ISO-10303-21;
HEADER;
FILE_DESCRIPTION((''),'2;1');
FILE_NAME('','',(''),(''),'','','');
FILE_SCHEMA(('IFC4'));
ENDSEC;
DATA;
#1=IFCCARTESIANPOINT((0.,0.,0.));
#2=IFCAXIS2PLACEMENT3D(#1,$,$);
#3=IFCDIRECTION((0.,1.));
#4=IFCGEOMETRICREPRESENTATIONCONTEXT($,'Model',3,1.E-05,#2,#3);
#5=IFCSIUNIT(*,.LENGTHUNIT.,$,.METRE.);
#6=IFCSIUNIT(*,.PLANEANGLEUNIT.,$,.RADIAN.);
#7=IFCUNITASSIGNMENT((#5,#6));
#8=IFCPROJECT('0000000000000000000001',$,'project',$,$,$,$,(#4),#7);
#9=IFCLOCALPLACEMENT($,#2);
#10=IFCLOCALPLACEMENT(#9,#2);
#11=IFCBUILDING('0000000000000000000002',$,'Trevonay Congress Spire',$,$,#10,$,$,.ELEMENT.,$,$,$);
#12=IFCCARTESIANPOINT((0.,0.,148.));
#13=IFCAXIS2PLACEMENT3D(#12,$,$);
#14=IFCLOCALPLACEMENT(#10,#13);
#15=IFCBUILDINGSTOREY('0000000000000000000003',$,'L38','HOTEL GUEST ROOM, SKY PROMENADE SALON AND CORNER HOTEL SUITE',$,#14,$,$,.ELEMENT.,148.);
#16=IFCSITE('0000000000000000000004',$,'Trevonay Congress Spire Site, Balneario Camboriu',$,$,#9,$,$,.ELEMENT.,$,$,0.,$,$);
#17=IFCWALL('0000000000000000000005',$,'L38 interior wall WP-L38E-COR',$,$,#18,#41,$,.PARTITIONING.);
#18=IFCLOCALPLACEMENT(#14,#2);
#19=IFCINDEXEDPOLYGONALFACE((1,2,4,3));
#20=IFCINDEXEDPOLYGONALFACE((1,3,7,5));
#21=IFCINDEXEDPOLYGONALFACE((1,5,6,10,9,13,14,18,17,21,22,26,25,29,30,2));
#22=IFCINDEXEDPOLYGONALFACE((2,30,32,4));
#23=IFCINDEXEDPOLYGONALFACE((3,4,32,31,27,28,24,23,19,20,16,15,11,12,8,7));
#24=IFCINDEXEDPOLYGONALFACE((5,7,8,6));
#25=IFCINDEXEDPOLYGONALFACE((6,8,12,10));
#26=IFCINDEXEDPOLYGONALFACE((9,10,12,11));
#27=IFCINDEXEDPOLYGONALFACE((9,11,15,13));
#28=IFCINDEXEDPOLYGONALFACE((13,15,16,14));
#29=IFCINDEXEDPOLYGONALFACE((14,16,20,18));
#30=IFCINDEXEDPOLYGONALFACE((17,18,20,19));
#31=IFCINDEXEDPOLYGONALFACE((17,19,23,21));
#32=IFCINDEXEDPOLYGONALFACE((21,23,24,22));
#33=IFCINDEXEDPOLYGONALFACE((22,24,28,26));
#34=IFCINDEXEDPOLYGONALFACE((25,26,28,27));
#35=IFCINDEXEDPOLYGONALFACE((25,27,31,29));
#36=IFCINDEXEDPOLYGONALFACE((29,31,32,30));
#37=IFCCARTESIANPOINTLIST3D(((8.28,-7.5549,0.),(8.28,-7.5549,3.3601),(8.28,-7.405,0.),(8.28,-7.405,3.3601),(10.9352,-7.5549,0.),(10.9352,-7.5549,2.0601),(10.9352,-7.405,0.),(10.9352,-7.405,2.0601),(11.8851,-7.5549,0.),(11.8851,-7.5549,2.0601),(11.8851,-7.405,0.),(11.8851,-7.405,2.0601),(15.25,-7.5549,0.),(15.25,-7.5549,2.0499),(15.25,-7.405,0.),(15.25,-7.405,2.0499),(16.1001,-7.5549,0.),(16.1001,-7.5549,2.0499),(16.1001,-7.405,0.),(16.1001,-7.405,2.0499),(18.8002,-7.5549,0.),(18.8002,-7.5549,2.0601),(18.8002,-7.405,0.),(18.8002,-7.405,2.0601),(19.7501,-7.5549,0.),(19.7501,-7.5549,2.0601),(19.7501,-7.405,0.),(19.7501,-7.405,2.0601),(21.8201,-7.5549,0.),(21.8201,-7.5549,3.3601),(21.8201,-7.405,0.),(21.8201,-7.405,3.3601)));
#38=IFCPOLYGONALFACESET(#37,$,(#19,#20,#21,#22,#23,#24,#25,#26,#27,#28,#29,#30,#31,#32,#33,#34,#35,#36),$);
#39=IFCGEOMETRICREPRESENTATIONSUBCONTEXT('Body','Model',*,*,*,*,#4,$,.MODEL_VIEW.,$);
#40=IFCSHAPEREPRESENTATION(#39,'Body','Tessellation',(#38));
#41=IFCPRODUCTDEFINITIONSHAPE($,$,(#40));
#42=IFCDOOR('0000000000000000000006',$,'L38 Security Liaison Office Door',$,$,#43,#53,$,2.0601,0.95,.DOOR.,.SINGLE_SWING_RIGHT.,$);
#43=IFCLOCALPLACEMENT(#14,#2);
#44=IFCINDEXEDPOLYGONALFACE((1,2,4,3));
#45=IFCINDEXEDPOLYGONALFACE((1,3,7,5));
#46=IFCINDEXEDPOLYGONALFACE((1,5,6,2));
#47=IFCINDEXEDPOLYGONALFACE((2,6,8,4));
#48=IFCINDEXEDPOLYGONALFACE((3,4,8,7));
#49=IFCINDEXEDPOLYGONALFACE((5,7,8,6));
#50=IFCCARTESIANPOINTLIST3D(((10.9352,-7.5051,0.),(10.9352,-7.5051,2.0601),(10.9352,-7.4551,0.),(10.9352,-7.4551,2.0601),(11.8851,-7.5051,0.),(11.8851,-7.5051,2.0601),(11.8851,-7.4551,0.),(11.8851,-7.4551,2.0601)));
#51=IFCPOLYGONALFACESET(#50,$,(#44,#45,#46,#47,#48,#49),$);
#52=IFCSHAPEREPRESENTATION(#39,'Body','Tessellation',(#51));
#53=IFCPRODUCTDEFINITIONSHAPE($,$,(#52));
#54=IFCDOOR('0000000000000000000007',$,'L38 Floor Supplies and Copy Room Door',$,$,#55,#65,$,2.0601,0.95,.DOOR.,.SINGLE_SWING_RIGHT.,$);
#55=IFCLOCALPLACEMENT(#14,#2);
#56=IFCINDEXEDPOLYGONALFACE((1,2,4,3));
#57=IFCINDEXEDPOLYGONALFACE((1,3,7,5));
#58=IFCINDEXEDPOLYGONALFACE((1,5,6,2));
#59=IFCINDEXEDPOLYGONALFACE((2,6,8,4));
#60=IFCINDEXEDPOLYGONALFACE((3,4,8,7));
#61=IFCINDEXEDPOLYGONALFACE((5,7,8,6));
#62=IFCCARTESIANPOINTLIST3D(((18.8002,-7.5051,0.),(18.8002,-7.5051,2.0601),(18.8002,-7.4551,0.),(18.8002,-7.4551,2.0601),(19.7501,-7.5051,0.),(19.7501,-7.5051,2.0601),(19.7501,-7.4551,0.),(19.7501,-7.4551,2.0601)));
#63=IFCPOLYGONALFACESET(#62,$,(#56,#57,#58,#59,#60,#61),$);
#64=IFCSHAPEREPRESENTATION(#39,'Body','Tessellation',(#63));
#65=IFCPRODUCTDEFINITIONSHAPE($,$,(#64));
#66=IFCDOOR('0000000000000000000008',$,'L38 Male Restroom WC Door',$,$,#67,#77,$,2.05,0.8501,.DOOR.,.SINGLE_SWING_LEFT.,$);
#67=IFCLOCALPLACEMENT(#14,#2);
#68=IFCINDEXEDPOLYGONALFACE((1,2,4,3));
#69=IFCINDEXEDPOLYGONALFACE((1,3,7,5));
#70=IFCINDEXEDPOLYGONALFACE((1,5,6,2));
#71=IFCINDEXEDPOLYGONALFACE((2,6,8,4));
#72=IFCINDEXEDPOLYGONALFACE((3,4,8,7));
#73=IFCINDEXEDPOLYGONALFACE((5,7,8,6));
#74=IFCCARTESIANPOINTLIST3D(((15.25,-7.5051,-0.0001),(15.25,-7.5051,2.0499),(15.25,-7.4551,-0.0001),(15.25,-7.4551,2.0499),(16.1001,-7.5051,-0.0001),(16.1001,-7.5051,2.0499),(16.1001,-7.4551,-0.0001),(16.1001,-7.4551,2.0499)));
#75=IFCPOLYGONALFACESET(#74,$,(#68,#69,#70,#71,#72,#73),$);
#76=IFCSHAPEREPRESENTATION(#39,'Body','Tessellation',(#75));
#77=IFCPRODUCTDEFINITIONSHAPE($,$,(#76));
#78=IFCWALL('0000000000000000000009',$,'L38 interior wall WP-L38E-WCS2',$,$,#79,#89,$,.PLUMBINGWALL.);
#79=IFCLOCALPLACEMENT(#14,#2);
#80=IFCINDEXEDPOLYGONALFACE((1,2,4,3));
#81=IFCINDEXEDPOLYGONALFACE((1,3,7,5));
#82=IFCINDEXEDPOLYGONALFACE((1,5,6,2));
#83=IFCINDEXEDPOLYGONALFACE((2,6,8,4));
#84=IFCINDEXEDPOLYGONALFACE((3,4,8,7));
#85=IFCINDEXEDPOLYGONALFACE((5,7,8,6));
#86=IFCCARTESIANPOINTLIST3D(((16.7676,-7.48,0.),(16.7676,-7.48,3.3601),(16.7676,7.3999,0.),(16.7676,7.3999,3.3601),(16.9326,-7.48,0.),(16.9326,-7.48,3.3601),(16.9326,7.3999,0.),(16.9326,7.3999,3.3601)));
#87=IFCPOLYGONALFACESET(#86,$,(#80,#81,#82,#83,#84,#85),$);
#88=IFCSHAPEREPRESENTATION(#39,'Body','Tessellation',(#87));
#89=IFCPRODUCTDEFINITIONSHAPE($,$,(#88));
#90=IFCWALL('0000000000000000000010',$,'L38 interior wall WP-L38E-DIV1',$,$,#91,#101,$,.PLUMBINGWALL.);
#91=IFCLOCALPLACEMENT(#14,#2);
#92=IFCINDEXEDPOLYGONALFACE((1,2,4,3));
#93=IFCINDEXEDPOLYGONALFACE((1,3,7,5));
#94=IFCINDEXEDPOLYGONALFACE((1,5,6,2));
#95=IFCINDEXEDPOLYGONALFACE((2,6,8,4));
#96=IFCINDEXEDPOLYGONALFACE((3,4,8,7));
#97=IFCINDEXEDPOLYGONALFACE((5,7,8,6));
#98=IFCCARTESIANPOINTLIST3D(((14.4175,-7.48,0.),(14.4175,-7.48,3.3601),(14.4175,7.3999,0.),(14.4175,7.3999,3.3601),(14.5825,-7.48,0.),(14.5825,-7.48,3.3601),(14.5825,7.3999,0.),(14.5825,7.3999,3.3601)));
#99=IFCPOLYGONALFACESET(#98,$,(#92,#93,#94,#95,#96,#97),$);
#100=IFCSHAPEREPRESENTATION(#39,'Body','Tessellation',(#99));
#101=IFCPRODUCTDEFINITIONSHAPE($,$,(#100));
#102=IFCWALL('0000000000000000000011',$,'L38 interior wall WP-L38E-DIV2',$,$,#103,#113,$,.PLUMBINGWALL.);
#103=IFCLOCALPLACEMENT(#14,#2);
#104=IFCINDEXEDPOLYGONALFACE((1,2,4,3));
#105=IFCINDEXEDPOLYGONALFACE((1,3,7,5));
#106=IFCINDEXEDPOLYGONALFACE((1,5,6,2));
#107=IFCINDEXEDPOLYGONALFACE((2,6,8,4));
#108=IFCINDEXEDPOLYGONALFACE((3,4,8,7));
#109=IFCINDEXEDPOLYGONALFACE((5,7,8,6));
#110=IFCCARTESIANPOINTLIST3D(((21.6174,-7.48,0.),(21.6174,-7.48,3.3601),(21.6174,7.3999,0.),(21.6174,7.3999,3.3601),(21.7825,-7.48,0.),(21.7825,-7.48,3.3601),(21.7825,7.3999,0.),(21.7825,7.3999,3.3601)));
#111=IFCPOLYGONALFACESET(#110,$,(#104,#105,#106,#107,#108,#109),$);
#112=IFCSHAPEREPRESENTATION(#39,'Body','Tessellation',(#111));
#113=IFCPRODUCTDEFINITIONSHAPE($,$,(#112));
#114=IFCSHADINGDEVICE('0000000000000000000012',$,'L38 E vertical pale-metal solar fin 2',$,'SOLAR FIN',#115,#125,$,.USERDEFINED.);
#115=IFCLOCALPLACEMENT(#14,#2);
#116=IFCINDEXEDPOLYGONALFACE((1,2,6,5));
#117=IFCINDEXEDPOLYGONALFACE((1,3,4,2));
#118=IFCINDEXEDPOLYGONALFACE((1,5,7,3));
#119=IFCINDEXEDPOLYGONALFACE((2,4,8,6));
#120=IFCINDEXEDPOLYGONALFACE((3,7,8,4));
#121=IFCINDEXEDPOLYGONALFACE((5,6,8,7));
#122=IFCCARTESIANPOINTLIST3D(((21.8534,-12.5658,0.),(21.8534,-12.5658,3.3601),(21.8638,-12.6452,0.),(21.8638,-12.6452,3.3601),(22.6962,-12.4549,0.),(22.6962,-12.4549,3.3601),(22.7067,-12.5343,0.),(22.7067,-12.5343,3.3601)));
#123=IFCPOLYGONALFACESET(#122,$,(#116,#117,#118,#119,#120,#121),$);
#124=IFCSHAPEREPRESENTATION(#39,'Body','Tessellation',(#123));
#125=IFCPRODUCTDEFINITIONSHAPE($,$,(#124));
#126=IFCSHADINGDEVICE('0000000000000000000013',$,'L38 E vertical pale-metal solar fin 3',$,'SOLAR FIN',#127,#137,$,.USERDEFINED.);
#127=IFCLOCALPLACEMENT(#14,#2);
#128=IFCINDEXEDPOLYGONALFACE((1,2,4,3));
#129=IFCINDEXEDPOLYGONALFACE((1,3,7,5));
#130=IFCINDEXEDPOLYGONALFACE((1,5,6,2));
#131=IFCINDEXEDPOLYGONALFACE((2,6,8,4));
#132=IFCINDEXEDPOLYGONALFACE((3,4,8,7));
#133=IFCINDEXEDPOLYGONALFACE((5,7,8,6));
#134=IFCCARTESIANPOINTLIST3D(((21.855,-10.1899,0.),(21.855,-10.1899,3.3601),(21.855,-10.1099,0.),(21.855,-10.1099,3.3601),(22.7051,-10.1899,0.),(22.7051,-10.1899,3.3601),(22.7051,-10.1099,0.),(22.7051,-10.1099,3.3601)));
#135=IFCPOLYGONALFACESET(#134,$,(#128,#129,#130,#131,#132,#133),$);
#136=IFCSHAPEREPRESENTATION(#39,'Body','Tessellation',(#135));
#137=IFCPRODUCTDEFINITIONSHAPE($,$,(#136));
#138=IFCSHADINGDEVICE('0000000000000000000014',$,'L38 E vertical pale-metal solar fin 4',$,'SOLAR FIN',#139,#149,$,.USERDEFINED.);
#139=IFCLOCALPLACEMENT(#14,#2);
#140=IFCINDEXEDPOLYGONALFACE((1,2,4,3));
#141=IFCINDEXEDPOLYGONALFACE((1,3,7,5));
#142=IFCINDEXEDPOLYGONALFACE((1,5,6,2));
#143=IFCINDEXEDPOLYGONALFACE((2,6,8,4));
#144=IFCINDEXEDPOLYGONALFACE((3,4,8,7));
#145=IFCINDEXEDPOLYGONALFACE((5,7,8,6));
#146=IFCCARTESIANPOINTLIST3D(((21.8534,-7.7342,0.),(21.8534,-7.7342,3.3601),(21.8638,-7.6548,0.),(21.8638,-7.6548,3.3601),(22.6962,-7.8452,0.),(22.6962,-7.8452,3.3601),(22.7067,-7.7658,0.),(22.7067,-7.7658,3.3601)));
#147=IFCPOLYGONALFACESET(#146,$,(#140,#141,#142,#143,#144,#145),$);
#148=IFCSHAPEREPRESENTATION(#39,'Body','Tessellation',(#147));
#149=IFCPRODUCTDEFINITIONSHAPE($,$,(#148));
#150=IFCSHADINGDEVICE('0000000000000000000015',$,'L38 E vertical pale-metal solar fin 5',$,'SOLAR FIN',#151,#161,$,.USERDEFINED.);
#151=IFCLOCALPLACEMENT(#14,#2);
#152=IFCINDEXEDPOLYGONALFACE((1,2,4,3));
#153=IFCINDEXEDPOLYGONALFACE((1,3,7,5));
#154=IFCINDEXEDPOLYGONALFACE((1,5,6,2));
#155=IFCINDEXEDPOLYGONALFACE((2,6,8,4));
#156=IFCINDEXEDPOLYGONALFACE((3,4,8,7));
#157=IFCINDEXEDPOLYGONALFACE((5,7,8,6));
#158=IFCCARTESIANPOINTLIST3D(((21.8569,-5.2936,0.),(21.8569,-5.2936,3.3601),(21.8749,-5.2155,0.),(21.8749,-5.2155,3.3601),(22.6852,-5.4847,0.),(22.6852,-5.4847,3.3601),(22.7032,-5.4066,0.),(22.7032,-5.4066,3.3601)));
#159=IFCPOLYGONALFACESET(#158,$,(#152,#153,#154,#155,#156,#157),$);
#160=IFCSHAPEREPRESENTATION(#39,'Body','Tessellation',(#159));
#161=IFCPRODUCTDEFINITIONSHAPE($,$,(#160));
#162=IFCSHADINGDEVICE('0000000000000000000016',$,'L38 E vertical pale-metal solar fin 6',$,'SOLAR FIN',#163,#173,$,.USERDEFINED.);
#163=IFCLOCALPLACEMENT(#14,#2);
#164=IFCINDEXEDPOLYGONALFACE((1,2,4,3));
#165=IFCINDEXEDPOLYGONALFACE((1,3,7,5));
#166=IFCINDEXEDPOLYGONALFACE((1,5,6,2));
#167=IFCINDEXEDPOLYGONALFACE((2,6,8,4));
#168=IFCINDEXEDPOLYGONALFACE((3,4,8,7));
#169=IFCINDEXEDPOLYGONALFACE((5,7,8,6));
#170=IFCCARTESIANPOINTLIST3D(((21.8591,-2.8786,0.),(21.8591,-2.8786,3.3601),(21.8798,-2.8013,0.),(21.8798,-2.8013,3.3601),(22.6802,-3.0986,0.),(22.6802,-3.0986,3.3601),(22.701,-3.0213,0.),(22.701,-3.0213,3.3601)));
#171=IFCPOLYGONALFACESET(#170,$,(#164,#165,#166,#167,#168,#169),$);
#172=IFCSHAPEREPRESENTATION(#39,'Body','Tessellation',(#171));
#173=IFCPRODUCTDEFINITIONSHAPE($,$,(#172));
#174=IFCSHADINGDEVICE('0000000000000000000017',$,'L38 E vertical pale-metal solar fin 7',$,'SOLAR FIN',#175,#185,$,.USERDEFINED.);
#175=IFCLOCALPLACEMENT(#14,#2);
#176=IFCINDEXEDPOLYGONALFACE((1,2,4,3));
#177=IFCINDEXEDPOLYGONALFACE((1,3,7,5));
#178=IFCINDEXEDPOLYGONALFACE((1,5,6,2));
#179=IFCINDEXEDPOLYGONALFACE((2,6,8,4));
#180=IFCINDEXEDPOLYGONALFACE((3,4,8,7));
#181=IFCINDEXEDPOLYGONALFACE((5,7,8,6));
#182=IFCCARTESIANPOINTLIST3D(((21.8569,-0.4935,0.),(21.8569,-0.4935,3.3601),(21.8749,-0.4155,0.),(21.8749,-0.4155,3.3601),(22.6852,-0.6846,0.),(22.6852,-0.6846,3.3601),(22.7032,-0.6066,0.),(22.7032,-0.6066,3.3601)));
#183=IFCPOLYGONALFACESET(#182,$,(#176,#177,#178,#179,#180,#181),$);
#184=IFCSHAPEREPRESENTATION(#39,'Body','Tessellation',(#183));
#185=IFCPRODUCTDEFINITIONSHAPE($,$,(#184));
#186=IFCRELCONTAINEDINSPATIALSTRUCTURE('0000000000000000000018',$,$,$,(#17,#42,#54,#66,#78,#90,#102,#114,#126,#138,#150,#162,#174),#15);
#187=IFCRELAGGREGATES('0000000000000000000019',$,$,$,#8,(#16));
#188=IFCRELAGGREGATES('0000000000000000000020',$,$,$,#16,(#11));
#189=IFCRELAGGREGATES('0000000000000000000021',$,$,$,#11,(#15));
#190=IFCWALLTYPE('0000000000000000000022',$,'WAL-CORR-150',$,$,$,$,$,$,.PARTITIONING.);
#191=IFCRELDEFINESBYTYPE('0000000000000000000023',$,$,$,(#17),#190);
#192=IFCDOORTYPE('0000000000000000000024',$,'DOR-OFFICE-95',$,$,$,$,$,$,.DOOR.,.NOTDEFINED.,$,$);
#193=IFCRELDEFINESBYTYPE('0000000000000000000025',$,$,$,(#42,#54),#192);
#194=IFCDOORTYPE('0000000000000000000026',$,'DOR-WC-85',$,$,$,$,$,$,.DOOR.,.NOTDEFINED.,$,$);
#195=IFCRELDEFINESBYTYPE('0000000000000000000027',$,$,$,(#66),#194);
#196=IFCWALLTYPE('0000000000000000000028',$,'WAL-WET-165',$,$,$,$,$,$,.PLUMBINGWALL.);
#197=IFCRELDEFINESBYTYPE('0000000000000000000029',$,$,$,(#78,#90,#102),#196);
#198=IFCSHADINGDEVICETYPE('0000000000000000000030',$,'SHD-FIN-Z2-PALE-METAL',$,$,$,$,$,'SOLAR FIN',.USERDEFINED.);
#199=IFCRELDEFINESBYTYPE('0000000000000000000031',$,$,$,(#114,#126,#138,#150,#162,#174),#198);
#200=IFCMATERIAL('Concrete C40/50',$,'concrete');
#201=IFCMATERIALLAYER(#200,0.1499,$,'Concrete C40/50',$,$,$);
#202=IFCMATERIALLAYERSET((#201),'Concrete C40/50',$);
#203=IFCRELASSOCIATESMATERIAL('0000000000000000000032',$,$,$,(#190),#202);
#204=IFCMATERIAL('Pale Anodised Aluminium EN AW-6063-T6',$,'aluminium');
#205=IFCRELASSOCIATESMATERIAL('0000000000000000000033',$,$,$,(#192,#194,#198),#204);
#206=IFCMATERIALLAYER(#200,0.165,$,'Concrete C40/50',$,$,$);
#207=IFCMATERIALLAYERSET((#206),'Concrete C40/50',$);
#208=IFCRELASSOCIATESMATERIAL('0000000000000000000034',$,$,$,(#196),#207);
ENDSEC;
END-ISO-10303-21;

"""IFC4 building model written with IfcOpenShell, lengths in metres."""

from ifc_helpers import new_model, si_unit, direction, frame, frame_2d, origin, origin_2d, place, context, subcontext, project, spatial, rectangle, extrude, material, layer, layer_set, type_object, element, fill, save


model = new_model("IFC4")

# Units and contexts
model_context = context("Model", 3, precision=1e-05, world=origin(), true_north=direction((0.0, 1.0)))
body_context = subcontext(model_context, "Body", "Model", "MODEL_VIEW")
ifc_project = project(units=[si_unit("LENGTHUNIT", "METRE"), si_unit("PLANEANGLEUNIT", "RADIAN")], contexts=[model_context])

# Site, building, storey
site_placement = place(None, origin())
site = spatial("IfcSite", under=ifc_project, at=site_placement, Name="Trevonay Congress Spire Site, Balneario Camboriu", CompositionType="ELEMENT", RefElevation=0.0)
building_placement = place(site_placement, origin())
building = spatial("IfcBuilding", under=site, at=building_placement, Name="Trevonay Congress Spire", CompositionType="ELEMENT")
storey_placement = place(building_placement, frame((0.0, 0.0, 148.0)))
storey = spatial("IfcBuildingStorey", under=building, at=storey_placement, Name="L38", Description="HOTEL GUEST ROOM, SKY PROMENADE SALON AND CORNER HOTEL SUITE", CompositionType="ELEMENT", Elevation=148.0)

# Shared definitions
ifc_material_1 = material(Name="Pale Anodised Aluminium EN AW-6063-T6", Category="aluminium")

# Shared definitions
ifc_material_2 = material(Name="Concrete C40/50", Category="concrete")

# Wall, openings, doors
ifc_layer_1 = layer(ifc_material_2, 0.1499, Name="Concrete C40/50")
ifc_layer_set_1 = layer_set([ifc_layer_1], Name="Concrete C40/50")
wall_type_1 = type_object("IfcWallType", Name="WAL-CORR-150", PredefinedType="PARTITIONING", material=ifc_layer_set_1)
wall_1_placement = place(storey_placement, frame((8.28, -7.48, 0.0), z_axis=(0.0, 0.0, 1.0), x_axis=(1.0, 0.0, 0.0)))
wall_1 = element("IfcWall", 1, at=wall_1_placement, inside=storey, type_object=wall_type_1, Name="L38 interior wall WP-L38E-COR", PredefinedType="PARTITIONING", context=body_context, shape_type="SweptSolid", body=[
    extrude(rectangle(XDim=13.54, YDim=0.1499, at=frame_2d((6.77, 0.0))), origin(), (0.0, 0.0, 1.0), 3.3601),
])
opening_1_placement = place(wall_1_placement, frame((2.655, 0.0, 0.0)))
opening_1 = element("IfcOpeningElement", 2, at=opening_1_placement, cuts=wall_1, PredefinedType="OPENING", context=body_context, shape_type="SweptSolid", body=[
    extrude(rectangle(XDim=0.95, YDim=2.0601, at=frame_2d((0.4751, 1.03))), frame((0.0, 0.085, 0.0), z_axis=(0.0, -1.0, 0.0), x_axis=(1.0, 0.0, 0.0)), (0.0, 0.0, 1.0), 0.1699),
])
opening_2_placement = place(wall_1_placement, frame((6.97, 0.0, 0.0)))
opening_2 = element("IfcOpeningElement", 3, at=opening_2_placement, cuts=wall_1, PredefinedType="OPENING", context=body_context, shape_type="SweptSolid", body=[
    extrude(rectangle(XDim=0.8501, YDim=2.05, at=frame_2d((0.425, 1.0249))), frame((0.0, 0.085, 0.0), z_axis=(0.0, -1.0, 0.0), x_axis=(1.0, 0.0, 0.0)), (0.0, 0.0, 1.0), 0.1699),
])
opening_3_placement = place(wall_1_placement, frame((10.52, 0.0, 0.0)))
opening_3 = element("IfcOpeningElement", 4, at=opening_3_placement, cuts=wall_1, PredefinedType="OPENING", context=body_context, shape_type="SweptSolid", body=[
    extrude(rectangle(XDim=0.95, YDim=2.0601, at=frame_2d((0.4751, 1.03))), frame((0.0, 0.085, 0.0), z_axis=(0.0, -1.0, 0.0), x_axis=(1.0, 0.0, 0.0)), (0.0, 0.0, 1.0), 0.1699),
])
door_type_1 = type_object("IfcDoorType", Name="DOR-OFFICE-95", OperationType="NOTDEFINED", PredefinedType="DOOR", material=ifc_material_1)
door_1_placement = place(opening_1_placement, origin())
door_1 = element("IfcDoor", 5, at=door_1_placement, inside=storey, type_object=door_type_1, Name="L38 Security Liaison Office Door", OperationType="SINGLE_SWING_RIGHT", OverallHeight=2.0601, OverallWidth=0.95, PredefinedType="DOOR", context=body_context, shape_type="SweptSolid", body=[
    extrude(rectangle(XDim=0.95, YDim=2.0601, at=frame_2d((0.4751, 1.03))), frame((0.0, 0.0249, 0.0), z_axis=(0.0, -1.0, 0.0), x_axis=(1.0, 0.0, 0.0)), (0.0, 0.0, 1.0), 0.05),
])
fill(opening_1, door_1)
door_2_placement = place(opening_3_placement, origin())
door_2 = element("IfcDoor", 6, at=door_2_placement, inside=storey, type_object=door_type_1, Name="L38 Floor Supplies and Copy Room Door", OperationType="SINGLE_SWING_RIGHT", OverallHeight=2.0601, OverallWidth=0.95, PredefinedType="DOOR", context=body_context, shape_type="SweptSolid", body=[
    extrude(rectangle(XDim=0.95, YDim=2.0601, at=frame_2d((0.4751, 1.03))), frame((0.0, 0.0249, 0.0), z_axis=(0.0, -1.0, 0.0), x_axis=(1.0, 0.0, 0.0)), (0.0, 0.0, 1.0), 0.05),
])
fill(opening_3, door_2)
door_type_2 = type_object("IfcDoorType", Name="DOR-WC-85", OperationType="NOTDEFINED", PredefinedType="DOOR", material=ifc_material_1)
door_3_placement = place(opening_2_placement, origin())
door_3 = element("IfcDoor", 7, at=door_3_placement, inside=storey, type_object=door_type_2, Name="L38 Male Restroom WC Door", OperationType="SINGLE_SWING_LEFT", OverallHeight=2.05, OverallWidth=0.8501, PredefinedType="DOOR", context=body_context, shape_type="SweptSolid", body=[
    extrude(rectangle(XDim=0.8501, YDim=2.05, at=frame_2d((0.425, 1.0249))), frame((0.0, 0.0249, 0.0), z_axis=(0.0, -1.0, 0.0), x_axis=(1.0, 0.0, 0.0)), (0.0, 0.0, 1.0), 0.05),
])
fill(opening_2, door_3)

# Walls
ifc_layer_2 = layer(ifc_material_2, 0.165, Name="Concrete C40/50")
ifc_layer_set_2 = layer_set([ifc_layer_2], Name="Concrete C40/50")
wall_type_2 = type_object("IfcWallType", Name="WAL-WET-165", PredefinedType="PLUMBINGWALL", material=ifc_layer_set_2)
for number, where, z_axis, x_axis, name in (
    (8, (16.8501, -7.48, 0.0), (0.0, 0.0, 1.0), (0.0, 1.0, 0.0), "L38 interior wall WP-L38E-WCS2"),
    (9, (14.5, -7.48, 0.0), (0.0, 0.0, 1.0), (0.0, 1.0, 0.0), "L38 interior wall WP-L38E-DIV1"),
    (10, (21.7, -7.48, 0.0), (0.0, 0.0, 1.0), (0.0, 1.0, 0.0), "L38 interior wall WP-L38E-DIV2"),
):
    element("IfcWall", number, at=place(storey_placement, frame(where, z_axis=z_axis, x_axis=x_axis)), inside=storey, type_object=wall_type_2, Name=name, PredefinedType="PLUMBINGWALL", context=body_context, shape_type="SweptSolid", body=[
        extrude(rectangle(XDim=14.8799, YDim=0.165, at=frame_2d((7.4399, 0.0))), origin(), (0.0, 0.0, 1.0), 3.3601),
    ])

# Shading devices
shading_device_type = type_object("IfcShadingDeviceType", Name="SHD-FIN-Z2-PALE-METAL", ElementType="SOLAR FIN", PredefinedType="USERDEFINED", material=ifc_material_1)
for number, where, z_axis, x_axis, name in (
    (11, (22.28, -12.55, 0.0), (0.0, 0.0, 1.0), (-0.130526, 0.991445, 0.0), "L38 E vertical pale-metal solar fin 2"),
    (12, (22.28, -10.1499, 0.0), (0.0, 0.0, 1.0), (0.0, 1.0, 0.0), "L38 E vertical pale-metal solar fin 3"),
    (13, (22.28, -7.75, 0.0), (0.0, 0.0, 1.0), (0.130526, 0.991445, 0.0), "L38 E vertical pale-metal solar fin 4"),
    (14, (22.28, -5.3501, 0.0), (0.0, 0.0, 1.0), (0.224781, 0.974409, 0.0), "L38 E vertical pale-metal solar fin 5"),
    (15, (22.28, -2.95, 0.0), (0.0, 0.0, 1.0), (0.258819, 0.965926, 0.0), "L38 E vertical pale-metal solar fin 6"),
    (16, (22.28, -0.55, 0.0), (0.0, 0.0, 1.0), (0.224781, 0.974409, 0.0), "L38 E vertical pale-metal solar fin 7"),
):
    element("IfcShadingDevice", number, at=place(storey_placement, frame(where, z_axis=z_axis, x_axis=x_axis)), inside=storey, type_object=shading_device_type, Name=name, ObjectType="SOLAR FIN", PredefinedType="USERDEFINED", context=body_context, shape_type="SweptSolid", body=[
        extrude(rectangle(XDim=0.0801, YDim=0.8501, at=origin_2d()), origin(), (0.0, 0.0, 1.0), 3.3601),
    ])

save(model, "model.ifc")
